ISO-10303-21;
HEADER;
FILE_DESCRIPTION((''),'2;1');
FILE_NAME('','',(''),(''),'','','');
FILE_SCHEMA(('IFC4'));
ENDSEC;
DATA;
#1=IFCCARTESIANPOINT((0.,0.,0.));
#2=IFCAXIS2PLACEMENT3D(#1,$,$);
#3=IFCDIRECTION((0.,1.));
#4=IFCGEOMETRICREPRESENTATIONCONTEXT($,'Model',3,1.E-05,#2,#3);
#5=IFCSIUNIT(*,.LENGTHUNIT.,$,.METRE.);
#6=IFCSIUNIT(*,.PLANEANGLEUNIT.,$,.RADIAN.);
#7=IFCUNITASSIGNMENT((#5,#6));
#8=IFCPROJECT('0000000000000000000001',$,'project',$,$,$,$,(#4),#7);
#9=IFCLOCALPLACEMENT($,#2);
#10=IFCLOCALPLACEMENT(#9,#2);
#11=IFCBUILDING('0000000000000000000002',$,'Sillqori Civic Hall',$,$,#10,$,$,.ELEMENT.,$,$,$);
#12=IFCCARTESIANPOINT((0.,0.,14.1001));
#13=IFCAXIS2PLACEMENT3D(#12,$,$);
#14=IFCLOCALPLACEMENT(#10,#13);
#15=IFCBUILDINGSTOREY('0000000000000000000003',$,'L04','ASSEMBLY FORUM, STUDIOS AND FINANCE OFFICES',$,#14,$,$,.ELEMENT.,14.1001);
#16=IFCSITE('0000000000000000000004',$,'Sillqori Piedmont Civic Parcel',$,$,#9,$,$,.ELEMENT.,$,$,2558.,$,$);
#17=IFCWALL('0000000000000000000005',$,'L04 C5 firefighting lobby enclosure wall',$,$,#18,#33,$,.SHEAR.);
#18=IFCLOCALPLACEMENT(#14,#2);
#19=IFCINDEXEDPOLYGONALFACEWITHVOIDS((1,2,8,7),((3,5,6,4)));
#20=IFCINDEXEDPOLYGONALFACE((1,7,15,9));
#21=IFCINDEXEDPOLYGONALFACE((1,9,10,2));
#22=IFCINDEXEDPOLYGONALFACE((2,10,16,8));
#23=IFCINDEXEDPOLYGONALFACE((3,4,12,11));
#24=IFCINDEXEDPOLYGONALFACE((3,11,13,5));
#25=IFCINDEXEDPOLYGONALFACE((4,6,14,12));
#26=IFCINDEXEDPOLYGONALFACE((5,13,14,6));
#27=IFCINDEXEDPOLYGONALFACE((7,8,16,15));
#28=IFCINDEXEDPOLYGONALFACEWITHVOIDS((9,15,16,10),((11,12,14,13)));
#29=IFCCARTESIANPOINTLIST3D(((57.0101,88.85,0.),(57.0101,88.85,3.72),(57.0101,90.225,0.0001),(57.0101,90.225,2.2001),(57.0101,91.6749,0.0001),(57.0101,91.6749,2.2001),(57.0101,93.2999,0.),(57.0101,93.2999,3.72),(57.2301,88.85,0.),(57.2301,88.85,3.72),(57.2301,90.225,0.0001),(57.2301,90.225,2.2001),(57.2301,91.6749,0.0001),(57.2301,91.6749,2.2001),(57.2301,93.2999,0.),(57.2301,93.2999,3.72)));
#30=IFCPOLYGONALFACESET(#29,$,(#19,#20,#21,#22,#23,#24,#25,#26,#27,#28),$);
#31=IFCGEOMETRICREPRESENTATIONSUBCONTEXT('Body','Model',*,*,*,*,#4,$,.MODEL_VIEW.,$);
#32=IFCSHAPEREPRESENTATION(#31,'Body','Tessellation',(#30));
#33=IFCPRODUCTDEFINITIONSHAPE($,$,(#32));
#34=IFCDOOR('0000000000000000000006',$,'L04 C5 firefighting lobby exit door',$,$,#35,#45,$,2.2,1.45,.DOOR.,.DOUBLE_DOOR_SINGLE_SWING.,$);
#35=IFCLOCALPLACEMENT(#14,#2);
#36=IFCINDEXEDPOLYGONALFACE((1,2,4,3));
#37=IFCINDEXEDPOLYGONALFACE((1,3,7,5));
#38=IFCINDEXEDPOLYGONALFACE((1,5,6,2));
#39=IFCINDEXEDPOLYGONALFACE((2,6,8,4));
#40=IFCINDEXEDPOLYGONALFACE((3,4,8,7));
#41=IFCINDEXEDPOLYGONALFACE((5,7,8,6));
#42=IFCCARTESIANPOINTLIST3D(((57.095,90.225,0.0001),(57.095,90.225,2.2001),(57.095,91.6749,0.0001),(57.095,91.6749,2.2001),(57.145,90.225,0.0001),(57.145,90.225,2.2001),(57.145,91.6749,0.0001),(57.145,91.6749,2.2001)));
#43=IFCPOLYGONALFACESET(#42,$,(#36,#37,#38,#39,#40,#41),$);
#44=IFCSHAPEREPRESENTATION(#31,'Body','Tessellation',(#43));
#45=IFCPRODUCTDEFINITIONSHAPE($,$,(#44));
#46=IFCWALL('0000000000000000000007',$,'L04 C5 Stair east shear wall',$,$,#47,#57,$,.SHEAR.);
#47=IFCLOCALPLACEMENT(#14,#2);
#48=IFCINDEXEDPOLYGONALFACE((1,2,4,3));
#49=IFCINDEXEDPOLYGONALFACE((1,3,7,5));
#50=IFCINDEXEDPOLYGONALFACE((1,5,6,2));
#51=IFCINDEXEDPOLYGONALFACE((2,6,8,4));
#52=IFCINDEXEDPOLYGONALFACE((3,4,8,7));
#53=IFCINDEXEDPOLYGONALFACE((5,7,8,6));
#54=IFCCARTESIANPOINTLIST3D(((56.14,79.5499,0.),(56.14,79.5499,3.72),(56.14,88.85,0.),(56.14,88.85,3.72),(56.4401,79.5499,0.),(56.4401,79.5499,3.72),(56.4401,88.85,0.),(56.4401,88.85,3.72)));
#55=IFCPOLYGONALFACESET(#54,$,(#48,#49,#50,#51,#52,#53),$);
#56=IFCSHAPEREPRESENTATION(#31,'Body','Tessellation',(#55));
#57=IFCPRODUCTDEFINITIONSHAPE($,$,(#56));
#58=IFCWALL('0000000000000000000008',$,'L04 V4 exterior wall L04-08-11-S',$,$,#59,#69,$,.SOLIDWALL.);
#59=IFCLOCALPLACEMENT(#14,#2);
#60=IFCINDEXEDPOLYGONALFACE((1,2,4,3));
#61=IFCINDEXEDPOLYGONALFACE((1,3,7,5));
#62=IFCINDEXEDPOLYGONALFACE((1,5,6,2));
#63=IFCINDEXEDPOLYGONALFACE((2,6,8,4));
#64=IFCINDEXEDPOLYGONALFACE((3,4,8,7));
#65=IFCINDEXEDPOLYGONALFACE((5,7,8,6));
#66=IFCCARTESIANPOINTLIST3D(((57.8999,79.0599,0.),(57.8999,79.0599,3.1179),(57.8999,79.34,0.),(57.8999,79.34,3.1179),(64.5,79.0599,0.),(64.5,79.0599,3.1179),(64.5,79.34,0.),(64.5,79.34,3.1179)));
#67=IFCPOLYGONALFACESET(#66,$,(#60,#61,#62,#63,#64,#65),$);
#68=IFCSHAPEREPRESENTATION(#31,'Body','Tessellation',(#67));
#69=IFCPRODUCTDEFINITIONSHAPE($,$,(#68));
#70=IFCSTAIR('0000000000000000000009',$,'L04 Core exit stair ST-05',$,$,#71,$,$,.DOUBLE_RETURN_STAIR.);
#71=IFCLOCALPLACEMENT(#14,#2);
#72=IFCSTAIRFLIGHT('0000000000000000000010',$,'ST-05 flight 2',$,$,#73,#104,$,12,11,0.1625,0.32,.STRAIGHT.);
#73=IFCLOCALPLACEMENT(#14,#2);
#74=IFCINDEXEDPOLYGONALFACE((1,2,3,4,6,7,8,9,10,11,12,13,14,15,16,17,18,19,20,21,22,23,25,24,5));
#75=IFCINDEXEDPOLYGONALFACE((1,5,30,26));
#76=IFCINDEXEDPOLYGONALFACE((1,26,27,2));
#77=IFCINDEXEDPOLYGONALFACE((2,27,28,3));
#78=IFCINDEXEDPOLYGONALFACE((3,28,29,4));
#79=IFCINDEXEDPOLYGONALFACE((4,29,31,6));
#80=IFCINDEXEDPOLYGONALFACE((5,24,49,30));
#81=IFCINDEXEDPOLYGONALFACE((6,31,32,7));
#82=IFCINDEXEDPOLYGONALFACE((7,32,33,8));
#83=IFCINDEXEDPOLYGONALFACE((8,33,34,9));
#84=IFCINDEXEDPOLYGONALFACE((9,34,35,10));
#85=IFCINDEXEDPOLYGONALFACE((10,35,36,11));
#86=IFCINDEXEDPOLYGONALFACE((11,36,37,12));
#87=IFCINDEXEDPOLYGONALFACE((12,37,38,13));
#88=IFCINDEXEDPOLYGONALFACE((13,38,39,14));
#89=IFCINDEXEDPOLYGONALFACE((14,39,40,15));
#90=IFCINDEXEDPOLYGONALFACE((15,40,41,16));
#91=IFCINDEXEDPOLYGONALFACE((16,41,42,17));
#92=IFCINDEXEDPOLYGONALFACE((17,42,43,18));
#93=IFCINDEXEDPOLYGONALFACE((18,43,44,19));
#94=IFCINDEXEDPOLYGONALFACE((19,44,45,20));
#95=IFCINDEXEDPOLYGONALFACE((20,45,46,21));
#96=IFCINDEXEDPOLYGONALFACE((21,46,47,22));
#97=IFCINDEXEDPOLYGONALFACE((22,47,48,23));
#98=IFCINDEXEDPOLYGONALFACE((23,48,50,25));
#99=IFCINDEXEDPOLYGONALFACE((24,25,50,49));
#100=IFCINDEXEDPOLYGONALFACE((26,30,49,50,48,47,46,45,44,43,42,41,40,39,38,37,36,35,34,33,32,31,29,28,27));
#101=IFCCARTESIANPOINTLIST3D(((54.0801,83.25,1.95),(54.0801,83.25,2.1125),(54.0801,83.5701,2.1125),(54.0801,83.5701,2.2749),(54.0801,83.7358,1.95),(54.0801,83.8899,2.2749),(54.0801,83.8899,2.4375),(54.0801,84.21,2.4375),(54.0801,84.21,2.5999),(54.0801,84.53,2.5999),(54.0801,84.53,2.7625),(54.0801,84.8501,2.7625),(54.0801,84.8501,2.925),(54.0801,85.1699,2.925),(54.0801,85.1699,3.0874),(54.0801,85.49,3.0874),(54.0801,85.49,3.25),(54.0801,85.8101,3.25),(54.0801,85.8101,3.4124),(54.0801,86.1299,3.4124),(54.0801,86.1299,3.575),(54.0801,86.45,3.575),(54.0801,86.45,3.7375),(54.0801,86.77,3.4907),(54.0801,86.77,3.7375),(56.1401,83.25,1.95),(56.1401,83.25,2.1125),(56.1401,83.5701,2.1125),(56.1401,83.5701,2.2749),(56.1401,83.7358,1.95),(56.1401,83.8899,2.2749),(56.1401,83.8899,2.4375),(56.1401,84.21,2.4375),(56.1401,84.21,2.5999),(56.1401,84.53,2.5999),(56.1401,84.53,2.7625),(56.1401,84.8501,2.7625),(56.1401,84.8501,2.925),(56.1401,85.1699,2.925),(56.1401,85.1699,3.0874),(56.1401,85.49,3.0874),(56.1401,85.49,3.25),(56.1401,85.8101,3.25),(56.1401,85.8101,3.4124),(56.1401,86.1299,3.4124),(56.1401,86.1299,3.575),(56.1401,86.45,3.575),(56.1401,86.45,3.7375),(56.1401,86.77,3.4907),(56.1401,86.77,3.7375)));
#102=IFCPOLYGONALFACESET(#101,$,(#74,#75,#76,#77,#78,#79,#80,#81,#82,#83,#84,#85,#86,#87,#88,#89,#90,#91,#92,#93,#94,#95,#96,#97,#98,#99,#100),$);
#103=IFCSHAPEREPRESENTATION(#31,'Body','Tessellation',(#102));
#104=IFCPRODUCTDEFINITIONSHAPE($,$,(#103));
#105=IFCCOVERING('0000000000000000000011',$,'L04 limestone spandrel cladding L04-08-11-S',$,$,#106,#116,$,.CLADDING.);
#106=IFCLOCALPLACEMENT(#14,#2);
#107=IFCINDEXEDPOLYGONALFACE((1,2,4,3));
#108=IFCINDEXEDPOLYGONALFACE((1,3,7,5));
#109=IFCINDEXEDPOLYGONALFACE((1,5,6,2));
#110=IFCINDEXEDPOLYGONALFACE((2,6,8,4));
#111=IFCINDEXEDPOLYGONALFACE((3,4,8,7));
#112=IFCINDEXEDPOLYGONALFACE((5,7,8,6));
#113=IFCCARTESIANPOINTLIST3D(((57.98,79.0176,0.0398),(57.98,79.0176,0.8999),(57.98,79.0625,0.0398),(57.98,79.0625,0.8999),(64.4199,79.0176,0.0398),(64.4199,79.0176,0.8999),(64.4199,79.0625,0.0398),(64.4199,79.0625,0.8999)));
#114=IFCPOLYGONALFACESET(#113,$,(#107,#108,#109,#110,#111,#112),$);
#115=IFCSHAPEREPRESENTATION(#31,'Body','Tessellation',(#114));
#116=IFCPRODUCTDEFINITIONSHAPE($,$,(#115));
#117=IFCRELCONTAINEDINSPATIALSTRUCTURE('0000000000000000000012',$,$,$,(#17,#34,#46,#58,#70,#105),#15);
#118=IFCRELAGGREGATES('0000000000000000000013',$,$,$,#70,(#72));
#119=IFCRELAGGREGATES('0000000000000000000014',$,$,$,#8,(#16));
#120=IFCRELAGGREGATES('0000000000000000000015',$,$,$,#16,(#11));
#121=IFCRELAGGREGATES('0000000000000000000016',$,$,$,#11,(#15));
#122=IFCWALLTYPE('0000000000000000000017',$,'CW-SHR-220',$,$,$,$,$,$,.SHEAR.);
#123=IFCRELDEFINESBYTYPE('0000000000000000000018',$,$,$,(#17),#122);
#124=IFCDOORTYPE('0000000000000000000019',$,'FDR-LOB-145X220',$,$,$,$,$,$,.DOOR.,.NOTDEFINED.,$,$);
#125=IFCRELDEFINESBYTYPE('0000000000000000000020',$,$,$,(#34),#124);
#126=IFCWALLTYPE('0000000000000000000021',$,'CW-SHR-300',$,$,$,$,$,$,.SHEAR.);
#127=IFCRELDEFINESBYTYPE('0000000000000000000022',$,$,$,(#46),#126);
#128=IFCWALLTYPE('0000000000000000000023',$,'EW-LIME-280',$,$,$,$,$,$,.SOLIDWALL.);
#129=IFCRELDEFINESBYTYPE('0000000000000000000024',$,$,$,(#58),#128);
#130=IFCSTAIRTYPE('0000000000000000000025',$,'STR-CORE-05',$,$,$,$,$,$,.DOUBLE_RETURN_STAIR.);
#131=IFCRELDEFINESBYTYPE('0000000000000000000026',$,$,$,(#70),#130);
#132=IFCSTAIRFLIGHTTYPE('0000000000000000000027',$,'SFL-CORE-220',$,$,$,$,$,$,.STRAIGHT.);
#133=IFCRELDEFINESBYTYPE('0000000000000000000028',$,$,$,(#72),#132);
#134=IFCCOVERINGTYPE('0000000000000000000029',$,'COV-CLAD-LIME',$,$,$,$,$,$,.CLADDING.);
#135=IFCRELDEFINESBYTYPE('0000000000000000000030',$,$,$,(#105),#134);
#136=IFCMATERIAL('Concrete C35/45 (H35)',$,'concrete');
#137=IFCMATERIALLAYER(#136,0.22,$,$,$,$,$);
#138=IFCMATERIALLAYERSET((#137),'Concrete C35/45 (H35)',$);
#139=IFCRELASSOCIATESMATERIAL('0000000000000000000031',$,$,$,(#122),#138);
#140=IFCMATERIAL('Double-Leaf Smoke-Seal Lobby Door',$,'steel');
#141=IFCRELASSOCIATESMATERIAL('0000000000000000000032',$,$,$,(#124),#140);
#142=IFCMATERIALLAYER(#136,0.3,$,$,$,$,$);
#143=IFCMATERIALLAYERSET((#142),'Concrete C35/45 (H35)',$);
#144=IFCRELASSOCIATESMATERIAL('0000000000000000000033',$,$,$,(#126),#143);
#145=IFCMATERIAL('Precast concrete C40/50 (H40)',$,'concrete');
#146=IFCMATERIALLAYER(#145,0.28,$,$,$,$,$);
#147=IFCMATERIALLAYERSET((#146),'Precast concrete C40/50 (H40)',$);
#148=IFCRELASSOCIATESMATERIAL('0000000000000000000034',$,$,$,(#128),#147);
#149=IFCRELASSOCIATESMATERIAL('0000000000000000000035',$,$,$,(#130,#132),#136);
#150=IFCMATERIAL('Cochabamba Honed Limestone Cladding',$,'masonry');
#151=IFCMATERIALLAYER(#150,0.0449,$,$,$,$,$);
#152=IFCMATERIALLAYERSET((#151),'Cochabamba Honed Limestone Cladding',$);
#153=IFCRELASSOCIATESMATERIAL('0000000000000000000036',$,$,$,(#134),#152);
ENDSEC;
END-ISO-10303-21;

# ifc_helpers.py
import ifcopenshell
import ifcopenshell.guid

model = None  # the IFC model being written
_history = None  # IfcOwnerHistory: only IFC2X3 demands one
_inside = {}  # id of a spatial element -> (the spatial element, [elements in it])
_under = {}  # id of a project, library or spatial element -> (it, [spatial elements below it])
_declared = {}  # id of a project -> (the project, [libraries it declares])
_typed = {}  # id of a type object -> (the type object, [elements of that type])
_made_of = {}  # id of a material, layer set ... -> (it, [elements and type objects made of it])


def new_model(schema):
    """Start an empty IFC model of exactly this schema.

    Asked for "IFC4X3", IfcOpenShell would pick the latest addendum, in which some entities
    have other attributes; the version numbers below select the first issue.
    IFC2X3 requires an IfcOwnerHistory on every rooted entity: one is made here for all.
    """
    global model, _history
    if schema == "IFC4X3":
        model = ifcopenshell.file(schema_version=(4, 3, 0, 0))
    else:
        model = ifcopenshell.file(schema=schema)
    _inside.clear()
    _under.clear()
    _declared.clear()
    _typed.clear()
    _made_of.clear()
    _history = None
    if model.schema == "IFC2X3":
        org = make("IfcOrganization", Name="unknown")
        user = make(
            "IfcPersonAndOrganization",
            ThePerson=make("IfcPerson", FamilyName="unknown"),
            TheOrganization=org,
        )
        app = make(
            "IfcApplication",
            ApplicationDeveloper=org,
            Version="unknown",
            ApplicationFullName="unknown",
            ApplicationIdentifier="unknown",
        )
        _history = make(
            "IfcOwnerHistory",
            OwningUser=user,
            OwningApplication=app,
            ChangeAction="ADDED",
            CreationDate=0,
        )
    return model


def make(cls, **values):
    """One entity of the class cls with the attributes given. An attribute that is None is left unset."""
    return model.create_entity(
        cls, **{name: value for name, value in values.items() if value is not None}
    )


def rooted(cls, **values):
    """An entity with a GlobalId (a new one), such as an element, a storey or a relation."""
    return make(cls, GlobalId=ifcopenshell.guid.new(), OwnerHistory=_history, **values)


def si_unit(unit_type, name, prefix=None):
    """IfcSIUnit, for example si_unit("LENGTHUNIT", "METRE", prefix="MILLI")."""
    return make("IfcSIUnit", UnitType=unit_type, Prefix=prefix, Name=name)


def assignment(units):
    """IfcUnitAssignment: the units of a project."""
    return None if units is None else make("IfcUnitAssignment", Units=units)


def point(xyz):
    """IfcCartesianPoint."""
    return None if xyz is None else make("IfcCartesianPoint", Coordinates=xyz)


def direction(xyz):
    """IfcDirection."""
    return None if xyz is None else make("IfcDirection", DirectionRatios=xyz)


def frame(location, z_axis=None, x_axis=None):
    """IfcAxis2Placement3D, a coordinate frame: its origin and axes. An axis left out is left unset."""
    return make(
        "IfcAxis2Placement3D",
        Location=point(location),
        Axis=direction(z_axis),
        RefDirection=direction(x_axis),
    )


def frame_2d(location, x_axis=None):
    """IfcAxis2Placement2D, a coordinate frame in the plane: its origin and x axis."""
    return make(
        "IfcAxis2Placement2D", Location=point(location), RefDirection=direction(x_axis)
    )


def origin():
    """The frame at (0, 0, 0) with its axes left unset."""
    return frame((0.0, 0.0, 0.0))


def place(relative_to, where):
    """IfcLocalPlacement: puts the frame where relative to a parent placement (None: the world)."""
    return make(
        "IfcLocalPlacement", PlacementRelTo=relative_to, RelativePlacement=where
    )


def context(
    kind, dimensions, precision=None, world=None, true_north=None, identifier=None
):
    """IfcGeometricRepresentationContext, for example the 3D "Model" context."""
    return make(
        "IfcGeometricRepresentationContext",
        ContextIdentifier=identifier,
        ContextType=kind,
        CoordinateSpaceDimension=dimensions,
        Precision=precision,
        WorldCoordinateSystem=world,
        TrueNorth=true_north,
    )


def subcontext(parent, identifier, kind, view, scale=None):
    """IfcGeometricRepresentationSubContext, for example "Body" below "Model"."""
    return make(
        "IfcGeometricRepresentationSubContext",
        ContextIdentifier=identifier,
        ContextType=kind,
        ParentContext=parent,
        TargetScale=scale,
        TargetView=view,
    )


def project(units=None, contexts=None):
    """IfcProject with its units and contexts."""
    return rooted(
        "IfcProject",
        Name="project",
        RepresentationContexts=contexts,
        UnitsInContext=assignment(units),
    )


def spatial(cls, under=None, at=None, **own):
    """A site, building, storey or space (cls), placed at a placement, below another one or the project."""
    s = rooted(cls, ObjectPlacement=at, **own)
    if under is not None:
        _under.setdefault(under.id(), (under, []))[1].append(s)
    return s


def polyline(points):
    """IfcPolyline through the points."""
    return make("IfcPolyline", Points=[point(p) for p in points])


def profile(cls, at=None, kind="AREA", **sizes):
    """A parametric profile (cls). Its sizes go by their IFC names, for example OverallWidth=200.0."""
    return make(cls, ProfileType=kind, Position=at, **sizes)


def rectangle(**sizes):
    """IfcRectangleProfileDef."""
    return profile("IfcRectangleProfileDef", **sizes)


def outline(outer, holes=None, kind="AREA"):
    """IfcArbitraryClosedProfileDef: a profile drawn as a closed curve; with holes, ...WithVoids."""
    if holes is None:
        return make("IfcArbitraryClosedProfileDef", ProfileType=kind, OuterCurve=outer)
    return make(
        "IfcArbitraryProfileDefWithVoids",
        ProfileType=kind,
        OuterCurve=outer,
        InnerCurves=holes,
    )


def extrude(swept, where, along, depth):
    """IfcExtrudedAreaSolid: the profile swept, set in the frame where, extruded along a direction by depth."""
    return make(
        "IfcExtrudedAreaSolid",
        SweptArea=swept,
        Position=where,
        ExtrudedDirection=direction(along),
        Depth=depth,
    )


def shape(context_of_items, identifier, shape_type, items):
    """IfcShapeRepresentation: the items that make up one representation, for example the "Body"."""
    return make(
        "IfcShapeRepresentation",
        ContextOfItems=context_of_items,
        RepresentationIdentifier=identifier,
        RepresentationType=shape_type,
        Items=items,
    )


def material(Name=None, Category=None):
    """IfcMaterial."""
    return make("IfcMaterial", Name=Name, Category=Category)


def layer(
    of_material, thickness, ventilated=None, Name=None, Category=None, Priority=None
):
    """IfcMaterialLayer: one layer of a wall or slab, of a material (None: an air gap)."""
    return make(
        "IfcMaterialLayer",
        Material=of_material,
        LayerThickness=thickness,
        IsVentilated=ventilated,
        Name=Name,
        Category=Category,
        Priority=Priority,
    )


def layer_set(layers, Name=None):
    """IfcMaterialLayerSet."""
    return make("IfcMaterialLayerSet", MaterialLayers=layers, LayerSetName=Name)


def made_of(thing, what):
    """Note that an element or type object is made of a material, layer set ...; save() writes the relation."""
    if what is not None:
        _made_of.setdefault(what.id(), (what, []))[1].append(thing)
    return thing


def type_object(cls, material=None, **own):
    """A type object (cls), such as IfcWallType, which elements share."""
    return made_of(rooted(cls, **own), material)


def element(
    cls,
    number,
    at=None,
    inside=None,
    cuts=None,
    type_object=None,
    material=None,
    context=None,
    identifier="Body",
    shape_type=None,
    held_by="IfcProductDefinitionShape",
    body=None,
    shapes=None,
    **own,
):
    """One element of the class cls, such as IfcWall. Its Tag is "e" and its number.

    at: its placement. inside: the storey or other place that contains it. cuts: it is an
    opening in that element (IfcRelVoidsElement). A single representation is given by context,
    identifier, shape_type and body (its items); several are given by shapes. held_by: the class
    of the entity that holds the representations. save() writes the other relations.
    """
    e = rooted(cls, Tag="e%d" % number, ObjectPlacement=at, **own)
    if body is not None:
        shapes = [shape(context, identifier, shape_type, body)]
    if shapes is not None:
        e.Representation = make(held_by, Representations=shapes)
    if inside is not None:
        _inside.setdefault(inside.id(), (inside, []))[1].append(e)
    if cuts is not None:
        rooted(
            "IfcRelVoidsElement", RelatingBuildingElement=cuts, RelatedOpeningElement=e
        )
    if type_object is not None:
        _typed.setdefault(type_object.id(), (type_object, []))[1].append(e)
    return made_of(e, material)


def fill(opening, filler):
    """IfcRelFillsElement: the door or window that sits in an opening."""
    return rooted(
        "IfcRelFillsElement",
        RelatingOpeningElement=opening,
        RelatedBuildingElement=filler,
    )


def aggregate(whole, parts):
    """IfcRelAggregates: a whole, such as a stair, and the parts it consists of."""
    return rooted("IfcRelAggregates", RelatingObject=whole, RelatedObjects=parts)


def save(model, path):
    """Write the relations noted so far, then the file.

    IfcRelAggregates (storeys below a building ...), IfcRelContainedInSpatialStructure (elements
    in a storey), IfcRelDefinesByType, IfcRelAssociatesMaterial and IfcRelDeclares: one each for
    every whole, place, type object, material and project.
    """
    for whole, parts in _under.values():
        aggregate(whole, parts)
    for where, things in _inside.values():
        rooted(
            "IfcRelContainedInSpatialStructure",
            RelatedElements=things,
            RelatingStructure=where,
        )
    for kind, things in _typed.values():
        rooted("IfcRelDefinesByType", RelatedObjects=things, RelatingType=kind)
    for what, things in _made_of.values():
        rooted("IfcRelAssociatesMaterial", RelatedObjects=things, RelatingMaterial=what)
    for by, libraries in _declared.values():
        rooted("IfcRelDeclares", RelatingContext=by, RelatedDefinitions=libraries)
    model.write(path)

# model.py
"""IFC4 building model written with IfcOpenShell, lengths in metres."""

from ifc_helpers import new_model, si_unit, direction, frame, frame_2d, origin, place, context, subcontext, project, spatial, polyline, rectangle, outline, extrude, material, layer, layer_set, type_object, element, fill, aggregate, save


model = new_model("IFC4")

# Units and contexts
model_context = context("Model", 3, precision=1e-05, world=origin(), true_north=direction((0.0, 1.0)))
body_context = subcontext(model_context, "Body", "Model", "MODEL_VIEW")
ifc_project = project(units=[si_unit("LENGTHUNIT", "METRE"), si_unit("PLANEANGLEUNIT", "RADIAN")], contexts=[model_context])

# Site, building, storey
site_placement = place(None, origin())
site = spatial("IfcSite", under=ifc_project, at=site_placement, Name="Sillqori Piedmont Civic Parcel", CompositionType="ELEMENT", RefElevation=2558.0)
building_placement = place(site_placement, origin())
building = spatial("IfcBuilding", under=site, at=building_placement, Name="Sillqori Civic Hall", CompositionType="ELEMENT")
storey_placement = place(building_placement, frame((0.0, 0.0, 14.1001)))
storey = spatial("IfcBuildingStorey", under=building, at=storey_placement, Name="L04", Description="ASSEMBLY FORUM, STUDIOS AND FINANCE OFFICES", CompositionType="ELEMENT", Elevation=14.1001)

# Shared definitions
ifc_material_1 = material(Name="Concrete C35/45 (H35)", Category="concrete")

# Wall, opening, door
ifc_layer_1 = layer(ifc_material_1, 0.22)
ifc_layer_set_1 = layer_set([ifc_layer_1], Name="Concrete C35/45 (H35)")
wall_type_1 = type_object("IfcWallType", Name="CW-SHR-220", PredefinedType="SHEAR", material=ifc_layer_set_1)
wall_1_placement = place(storey_placement, frame((57.1201, 93.3, 0.0), z_axis=(0.0, 0.0, 1.0), x_axis=(0.0, -1.0, 0.0)))
wall_1 = element("IfcWall", 1, at=wall_1_placement, inside=storey, type_object=wall_type_1, Name="L04 C5 firefighting lobby enclosure wall", PredefinedType="SHEAR", context=body_context, shape_type="SweptSolid", body=[
    extrude(rectangle(XDim=4.45, YDim=0.22, at=frame_2d((2.2251, 0.0))), origin(), (0.0, 0.0, 1.0), 3.72),
])
opening_placement = place(wall_1_placement, frame((1.625, 0.0, 0.0)))
opening = element("IfcOpeningElement", 2, at=opening_placement, cuts=wall_1, PredefinedType="OPENING", context=body_context, shape_type="SweptSolid", body=[
    extrude(rectangle(XDim=1.45, YDim=2.2, at=frame_2d((0.7251, 1.1001))), frame((0.0, 0.1199, 0.0), z_axis=(0.0, -1.0, 0.0), x_axis=(1.0, 0.0, 0.0)), (0.0, 0.0, 1.0), 0.24),
])
ifc_material_2 = material(Name="Double-Leaf Smoke-Seal Lobby Door", Category="steel")
door_type = type_object("IfcDoorType", Name="FDR-LOB-145X220", OperationType="NOTDEFINED", PredefinedType="DOOR", material=ifc_material_2)
door_placement = place(opening_placement, origin())
door = element("IfcDoor", 3, at=door_placement, inside=storey, type_object=door_type, Name="L04 C5 firefighting lobby exit door", OperationType="DOUBLE_DOOR_SINGLE_SWING", OverallHeight=2.2, OverallWidth=1.45, PredefinedType="DOOR", context=body_context, shape_type="SweptSolid", body=[
    extrude(rectangle(XDim=1.45, YDim=2.2, at=frame_2d((0.7251, 1.1001))), frame((0.0, 0.0249, 0.0), z_axis=(0.0, -1.0, 0.0), x_axis=(1.0, 0.0, 0.0)), (0.0, 0.0, 1.0), 0.05),
])
fill(opening, door)

# Walls
ifc_layer_2 = layer(ifc_material_1, 0.3)
ifc_layer_set_2 = layer_set([ifc_layer_2], Name="Concrete C35/45 (H35)")
wall_type_2 = type_object("IfcWallType", Name="CW-SHR-300", PredefinedType="SHEAR", material=ifc_layer_set_2)
wall_2_placement = place(storey_placement, frame((56.29, 79.55, 0.0), z_axis=(0.0, 0.0, 1.0), x_axis=(0.0, 1.0, 0.0)))
element("IfcWall", 4, at=wall_2_placement, inside=storey, type_object=wall_type_2, Name="L04 C5 Stair east shear wall", PredefinedType="SHEAR", context=body_context, shape_type="SweptSolid", body=[
    extrude(rectangle(XDim=9.3, YDim=0.3, at=frame_2d((4.6499, 0.0))), origin(), (0.0, 0.0, 1.0), 3.72),
])
ifc_material_3 = material(Name="Precast concrete C40/50 (H40)", Category="concrete")
ifc_layer_3 = layer(ifc_material_3, 0.28)
ifc_layer_set_3 = layer_set([ifc_layer_3], Name="Precast concrete C40/50 (H40)")
wall_type_3 = type_object("IfcWallType", Name="EW-LIME-280", PredefinedType="SOLIDWALL", material=ifc_layer_set_3)
wall_3_placement = place(storey_placement, frame((64.5, 79.2, 0.0), z_axis=(0.0, 0.0, 1.0), x_axis=(-1.0, 0.0, 0.0)))
element("IfcWall", 5, at=wall_3_placement, inside=storey, type_object=wall_type_3, Name="L04 V4 exterior wall L04-08-11-S", PredefinedType="SOLIDWALL", context=body_context, shape_type="SweptSolid", body=[
    extrude(rectangle(XDim=6.6001, YDim=0.28, at=frame_2d((3.3, 0.0))), origin(), (0.0, 0.0, 1.0), 3.1179),
])

# Stair, stair flight
stair_type = type_object("IfcStairType", Name="STR-CORE-05", PredefinedType="DOUBLE_RETURN_STAIR", material=ifc_material_1)
stair_placement = place(storey_placement, origin())
stair = element("IfcStair", 6, at=stair_placement, inside=storey, type_object=stair_type, Name="L04 Core exit stair ST-05", PredefinedType="DOUBLE_RETURN_STAIR")
stair_flight_type = type_object("IfcStairFlightType", Name="SFL-CORE-220", PredefinedType="STRAIGHT", material=ifc_material_1)
stair_flight_placement = place(storey_placement, frame((55.1101, 83.25, 1.95), z_axis=(0.0, 0.0, 1.0), x_axis=(0.0, 1.0, 0.0)))
stair_flight = element("IfcStairFlight", 7, at=stair_flight_placement, type_object=stair_flight_type, Name="ST-05 flight 2", NumberOfRisers=12, NumberOfTreads=11, PredefinedType="STRAIGHT", RiserHeight=0.1625, TreadLength=0.32, context=body_context, shape_type="SweptSolid", body=[
    extrude(outline(polyline([(0.0, 0.0), (0.0, 0.1626), (0.3201, 0.1626), (0.3201, 0.325), (0.6399, 0.325), (0.6399, 0.4875), (0.96, 0.4875), (0.96, 0.6499), (1.28, 0.6499), (1.28, 0.8125), (1.6001, 0.8125), (1.6001, 0.9751), (1.9199, 0.9751), (1.9199, 1.1375), (2.24, 1.1375), (2.24, 1.3), (2.5601, 1.3), (2.5601, 1.4624), (2.8799, 1.4624), (2.8799, 1.625), (3.2, 1.625), (3.2, 1.7876), (3.52, 1.7876), (3.52, 1.95), (3.52, 1.5408), (0.4858, 0.0), (0.0, 0.0)])), frame((0.0, 1.03, 0.0), z_axis=(0.0, -1.0, 0.0), x_axis=(1.0, 0.0, 0.0)), (0.0, 0.0, 1.0), 2.0601),
])
aggregate(stair, [stair_flight])

# Covering
ifc_material_4 = material(Name="Cochabamba Honed Limestone Cladding", Category="masonry")
ifc_layer_4 = layer(ifc_material_4, 0.0449)
ifc_layer_set_4 = layer_set([ifc_layer_4], Name="Cochabamba Honed Limestone Cladding")
covering_type = type_object("IfcCoveringType", Name="COV-CLAD-LIME", PredefinedType="CLADDING", material=ifc_layer_set_4)
covering_placement = place(storey_placement, frame((64.4199, 79.04, 0.0398), z_axis=(0.0, 0.0, 1.0), x_axis=(-1.0, 0.0, 0.0)))
element("IfcCovering", 8, at=covering_placement, inside=storey, type_object=covering_type, Name="L04 limestone spandrel cladding L04-08-11-S", PredefinedType="CLADDING", context=body_context, shape_type="SweptSolid", body=[
    extrude(rectangle(XDim=6.4399, YDim=0.0449, at=frame_2d((3.22, 0.0))), origin(), (0.0, 0.0, 1.0), 0.8601),
])

save(model, "model.ifc")
